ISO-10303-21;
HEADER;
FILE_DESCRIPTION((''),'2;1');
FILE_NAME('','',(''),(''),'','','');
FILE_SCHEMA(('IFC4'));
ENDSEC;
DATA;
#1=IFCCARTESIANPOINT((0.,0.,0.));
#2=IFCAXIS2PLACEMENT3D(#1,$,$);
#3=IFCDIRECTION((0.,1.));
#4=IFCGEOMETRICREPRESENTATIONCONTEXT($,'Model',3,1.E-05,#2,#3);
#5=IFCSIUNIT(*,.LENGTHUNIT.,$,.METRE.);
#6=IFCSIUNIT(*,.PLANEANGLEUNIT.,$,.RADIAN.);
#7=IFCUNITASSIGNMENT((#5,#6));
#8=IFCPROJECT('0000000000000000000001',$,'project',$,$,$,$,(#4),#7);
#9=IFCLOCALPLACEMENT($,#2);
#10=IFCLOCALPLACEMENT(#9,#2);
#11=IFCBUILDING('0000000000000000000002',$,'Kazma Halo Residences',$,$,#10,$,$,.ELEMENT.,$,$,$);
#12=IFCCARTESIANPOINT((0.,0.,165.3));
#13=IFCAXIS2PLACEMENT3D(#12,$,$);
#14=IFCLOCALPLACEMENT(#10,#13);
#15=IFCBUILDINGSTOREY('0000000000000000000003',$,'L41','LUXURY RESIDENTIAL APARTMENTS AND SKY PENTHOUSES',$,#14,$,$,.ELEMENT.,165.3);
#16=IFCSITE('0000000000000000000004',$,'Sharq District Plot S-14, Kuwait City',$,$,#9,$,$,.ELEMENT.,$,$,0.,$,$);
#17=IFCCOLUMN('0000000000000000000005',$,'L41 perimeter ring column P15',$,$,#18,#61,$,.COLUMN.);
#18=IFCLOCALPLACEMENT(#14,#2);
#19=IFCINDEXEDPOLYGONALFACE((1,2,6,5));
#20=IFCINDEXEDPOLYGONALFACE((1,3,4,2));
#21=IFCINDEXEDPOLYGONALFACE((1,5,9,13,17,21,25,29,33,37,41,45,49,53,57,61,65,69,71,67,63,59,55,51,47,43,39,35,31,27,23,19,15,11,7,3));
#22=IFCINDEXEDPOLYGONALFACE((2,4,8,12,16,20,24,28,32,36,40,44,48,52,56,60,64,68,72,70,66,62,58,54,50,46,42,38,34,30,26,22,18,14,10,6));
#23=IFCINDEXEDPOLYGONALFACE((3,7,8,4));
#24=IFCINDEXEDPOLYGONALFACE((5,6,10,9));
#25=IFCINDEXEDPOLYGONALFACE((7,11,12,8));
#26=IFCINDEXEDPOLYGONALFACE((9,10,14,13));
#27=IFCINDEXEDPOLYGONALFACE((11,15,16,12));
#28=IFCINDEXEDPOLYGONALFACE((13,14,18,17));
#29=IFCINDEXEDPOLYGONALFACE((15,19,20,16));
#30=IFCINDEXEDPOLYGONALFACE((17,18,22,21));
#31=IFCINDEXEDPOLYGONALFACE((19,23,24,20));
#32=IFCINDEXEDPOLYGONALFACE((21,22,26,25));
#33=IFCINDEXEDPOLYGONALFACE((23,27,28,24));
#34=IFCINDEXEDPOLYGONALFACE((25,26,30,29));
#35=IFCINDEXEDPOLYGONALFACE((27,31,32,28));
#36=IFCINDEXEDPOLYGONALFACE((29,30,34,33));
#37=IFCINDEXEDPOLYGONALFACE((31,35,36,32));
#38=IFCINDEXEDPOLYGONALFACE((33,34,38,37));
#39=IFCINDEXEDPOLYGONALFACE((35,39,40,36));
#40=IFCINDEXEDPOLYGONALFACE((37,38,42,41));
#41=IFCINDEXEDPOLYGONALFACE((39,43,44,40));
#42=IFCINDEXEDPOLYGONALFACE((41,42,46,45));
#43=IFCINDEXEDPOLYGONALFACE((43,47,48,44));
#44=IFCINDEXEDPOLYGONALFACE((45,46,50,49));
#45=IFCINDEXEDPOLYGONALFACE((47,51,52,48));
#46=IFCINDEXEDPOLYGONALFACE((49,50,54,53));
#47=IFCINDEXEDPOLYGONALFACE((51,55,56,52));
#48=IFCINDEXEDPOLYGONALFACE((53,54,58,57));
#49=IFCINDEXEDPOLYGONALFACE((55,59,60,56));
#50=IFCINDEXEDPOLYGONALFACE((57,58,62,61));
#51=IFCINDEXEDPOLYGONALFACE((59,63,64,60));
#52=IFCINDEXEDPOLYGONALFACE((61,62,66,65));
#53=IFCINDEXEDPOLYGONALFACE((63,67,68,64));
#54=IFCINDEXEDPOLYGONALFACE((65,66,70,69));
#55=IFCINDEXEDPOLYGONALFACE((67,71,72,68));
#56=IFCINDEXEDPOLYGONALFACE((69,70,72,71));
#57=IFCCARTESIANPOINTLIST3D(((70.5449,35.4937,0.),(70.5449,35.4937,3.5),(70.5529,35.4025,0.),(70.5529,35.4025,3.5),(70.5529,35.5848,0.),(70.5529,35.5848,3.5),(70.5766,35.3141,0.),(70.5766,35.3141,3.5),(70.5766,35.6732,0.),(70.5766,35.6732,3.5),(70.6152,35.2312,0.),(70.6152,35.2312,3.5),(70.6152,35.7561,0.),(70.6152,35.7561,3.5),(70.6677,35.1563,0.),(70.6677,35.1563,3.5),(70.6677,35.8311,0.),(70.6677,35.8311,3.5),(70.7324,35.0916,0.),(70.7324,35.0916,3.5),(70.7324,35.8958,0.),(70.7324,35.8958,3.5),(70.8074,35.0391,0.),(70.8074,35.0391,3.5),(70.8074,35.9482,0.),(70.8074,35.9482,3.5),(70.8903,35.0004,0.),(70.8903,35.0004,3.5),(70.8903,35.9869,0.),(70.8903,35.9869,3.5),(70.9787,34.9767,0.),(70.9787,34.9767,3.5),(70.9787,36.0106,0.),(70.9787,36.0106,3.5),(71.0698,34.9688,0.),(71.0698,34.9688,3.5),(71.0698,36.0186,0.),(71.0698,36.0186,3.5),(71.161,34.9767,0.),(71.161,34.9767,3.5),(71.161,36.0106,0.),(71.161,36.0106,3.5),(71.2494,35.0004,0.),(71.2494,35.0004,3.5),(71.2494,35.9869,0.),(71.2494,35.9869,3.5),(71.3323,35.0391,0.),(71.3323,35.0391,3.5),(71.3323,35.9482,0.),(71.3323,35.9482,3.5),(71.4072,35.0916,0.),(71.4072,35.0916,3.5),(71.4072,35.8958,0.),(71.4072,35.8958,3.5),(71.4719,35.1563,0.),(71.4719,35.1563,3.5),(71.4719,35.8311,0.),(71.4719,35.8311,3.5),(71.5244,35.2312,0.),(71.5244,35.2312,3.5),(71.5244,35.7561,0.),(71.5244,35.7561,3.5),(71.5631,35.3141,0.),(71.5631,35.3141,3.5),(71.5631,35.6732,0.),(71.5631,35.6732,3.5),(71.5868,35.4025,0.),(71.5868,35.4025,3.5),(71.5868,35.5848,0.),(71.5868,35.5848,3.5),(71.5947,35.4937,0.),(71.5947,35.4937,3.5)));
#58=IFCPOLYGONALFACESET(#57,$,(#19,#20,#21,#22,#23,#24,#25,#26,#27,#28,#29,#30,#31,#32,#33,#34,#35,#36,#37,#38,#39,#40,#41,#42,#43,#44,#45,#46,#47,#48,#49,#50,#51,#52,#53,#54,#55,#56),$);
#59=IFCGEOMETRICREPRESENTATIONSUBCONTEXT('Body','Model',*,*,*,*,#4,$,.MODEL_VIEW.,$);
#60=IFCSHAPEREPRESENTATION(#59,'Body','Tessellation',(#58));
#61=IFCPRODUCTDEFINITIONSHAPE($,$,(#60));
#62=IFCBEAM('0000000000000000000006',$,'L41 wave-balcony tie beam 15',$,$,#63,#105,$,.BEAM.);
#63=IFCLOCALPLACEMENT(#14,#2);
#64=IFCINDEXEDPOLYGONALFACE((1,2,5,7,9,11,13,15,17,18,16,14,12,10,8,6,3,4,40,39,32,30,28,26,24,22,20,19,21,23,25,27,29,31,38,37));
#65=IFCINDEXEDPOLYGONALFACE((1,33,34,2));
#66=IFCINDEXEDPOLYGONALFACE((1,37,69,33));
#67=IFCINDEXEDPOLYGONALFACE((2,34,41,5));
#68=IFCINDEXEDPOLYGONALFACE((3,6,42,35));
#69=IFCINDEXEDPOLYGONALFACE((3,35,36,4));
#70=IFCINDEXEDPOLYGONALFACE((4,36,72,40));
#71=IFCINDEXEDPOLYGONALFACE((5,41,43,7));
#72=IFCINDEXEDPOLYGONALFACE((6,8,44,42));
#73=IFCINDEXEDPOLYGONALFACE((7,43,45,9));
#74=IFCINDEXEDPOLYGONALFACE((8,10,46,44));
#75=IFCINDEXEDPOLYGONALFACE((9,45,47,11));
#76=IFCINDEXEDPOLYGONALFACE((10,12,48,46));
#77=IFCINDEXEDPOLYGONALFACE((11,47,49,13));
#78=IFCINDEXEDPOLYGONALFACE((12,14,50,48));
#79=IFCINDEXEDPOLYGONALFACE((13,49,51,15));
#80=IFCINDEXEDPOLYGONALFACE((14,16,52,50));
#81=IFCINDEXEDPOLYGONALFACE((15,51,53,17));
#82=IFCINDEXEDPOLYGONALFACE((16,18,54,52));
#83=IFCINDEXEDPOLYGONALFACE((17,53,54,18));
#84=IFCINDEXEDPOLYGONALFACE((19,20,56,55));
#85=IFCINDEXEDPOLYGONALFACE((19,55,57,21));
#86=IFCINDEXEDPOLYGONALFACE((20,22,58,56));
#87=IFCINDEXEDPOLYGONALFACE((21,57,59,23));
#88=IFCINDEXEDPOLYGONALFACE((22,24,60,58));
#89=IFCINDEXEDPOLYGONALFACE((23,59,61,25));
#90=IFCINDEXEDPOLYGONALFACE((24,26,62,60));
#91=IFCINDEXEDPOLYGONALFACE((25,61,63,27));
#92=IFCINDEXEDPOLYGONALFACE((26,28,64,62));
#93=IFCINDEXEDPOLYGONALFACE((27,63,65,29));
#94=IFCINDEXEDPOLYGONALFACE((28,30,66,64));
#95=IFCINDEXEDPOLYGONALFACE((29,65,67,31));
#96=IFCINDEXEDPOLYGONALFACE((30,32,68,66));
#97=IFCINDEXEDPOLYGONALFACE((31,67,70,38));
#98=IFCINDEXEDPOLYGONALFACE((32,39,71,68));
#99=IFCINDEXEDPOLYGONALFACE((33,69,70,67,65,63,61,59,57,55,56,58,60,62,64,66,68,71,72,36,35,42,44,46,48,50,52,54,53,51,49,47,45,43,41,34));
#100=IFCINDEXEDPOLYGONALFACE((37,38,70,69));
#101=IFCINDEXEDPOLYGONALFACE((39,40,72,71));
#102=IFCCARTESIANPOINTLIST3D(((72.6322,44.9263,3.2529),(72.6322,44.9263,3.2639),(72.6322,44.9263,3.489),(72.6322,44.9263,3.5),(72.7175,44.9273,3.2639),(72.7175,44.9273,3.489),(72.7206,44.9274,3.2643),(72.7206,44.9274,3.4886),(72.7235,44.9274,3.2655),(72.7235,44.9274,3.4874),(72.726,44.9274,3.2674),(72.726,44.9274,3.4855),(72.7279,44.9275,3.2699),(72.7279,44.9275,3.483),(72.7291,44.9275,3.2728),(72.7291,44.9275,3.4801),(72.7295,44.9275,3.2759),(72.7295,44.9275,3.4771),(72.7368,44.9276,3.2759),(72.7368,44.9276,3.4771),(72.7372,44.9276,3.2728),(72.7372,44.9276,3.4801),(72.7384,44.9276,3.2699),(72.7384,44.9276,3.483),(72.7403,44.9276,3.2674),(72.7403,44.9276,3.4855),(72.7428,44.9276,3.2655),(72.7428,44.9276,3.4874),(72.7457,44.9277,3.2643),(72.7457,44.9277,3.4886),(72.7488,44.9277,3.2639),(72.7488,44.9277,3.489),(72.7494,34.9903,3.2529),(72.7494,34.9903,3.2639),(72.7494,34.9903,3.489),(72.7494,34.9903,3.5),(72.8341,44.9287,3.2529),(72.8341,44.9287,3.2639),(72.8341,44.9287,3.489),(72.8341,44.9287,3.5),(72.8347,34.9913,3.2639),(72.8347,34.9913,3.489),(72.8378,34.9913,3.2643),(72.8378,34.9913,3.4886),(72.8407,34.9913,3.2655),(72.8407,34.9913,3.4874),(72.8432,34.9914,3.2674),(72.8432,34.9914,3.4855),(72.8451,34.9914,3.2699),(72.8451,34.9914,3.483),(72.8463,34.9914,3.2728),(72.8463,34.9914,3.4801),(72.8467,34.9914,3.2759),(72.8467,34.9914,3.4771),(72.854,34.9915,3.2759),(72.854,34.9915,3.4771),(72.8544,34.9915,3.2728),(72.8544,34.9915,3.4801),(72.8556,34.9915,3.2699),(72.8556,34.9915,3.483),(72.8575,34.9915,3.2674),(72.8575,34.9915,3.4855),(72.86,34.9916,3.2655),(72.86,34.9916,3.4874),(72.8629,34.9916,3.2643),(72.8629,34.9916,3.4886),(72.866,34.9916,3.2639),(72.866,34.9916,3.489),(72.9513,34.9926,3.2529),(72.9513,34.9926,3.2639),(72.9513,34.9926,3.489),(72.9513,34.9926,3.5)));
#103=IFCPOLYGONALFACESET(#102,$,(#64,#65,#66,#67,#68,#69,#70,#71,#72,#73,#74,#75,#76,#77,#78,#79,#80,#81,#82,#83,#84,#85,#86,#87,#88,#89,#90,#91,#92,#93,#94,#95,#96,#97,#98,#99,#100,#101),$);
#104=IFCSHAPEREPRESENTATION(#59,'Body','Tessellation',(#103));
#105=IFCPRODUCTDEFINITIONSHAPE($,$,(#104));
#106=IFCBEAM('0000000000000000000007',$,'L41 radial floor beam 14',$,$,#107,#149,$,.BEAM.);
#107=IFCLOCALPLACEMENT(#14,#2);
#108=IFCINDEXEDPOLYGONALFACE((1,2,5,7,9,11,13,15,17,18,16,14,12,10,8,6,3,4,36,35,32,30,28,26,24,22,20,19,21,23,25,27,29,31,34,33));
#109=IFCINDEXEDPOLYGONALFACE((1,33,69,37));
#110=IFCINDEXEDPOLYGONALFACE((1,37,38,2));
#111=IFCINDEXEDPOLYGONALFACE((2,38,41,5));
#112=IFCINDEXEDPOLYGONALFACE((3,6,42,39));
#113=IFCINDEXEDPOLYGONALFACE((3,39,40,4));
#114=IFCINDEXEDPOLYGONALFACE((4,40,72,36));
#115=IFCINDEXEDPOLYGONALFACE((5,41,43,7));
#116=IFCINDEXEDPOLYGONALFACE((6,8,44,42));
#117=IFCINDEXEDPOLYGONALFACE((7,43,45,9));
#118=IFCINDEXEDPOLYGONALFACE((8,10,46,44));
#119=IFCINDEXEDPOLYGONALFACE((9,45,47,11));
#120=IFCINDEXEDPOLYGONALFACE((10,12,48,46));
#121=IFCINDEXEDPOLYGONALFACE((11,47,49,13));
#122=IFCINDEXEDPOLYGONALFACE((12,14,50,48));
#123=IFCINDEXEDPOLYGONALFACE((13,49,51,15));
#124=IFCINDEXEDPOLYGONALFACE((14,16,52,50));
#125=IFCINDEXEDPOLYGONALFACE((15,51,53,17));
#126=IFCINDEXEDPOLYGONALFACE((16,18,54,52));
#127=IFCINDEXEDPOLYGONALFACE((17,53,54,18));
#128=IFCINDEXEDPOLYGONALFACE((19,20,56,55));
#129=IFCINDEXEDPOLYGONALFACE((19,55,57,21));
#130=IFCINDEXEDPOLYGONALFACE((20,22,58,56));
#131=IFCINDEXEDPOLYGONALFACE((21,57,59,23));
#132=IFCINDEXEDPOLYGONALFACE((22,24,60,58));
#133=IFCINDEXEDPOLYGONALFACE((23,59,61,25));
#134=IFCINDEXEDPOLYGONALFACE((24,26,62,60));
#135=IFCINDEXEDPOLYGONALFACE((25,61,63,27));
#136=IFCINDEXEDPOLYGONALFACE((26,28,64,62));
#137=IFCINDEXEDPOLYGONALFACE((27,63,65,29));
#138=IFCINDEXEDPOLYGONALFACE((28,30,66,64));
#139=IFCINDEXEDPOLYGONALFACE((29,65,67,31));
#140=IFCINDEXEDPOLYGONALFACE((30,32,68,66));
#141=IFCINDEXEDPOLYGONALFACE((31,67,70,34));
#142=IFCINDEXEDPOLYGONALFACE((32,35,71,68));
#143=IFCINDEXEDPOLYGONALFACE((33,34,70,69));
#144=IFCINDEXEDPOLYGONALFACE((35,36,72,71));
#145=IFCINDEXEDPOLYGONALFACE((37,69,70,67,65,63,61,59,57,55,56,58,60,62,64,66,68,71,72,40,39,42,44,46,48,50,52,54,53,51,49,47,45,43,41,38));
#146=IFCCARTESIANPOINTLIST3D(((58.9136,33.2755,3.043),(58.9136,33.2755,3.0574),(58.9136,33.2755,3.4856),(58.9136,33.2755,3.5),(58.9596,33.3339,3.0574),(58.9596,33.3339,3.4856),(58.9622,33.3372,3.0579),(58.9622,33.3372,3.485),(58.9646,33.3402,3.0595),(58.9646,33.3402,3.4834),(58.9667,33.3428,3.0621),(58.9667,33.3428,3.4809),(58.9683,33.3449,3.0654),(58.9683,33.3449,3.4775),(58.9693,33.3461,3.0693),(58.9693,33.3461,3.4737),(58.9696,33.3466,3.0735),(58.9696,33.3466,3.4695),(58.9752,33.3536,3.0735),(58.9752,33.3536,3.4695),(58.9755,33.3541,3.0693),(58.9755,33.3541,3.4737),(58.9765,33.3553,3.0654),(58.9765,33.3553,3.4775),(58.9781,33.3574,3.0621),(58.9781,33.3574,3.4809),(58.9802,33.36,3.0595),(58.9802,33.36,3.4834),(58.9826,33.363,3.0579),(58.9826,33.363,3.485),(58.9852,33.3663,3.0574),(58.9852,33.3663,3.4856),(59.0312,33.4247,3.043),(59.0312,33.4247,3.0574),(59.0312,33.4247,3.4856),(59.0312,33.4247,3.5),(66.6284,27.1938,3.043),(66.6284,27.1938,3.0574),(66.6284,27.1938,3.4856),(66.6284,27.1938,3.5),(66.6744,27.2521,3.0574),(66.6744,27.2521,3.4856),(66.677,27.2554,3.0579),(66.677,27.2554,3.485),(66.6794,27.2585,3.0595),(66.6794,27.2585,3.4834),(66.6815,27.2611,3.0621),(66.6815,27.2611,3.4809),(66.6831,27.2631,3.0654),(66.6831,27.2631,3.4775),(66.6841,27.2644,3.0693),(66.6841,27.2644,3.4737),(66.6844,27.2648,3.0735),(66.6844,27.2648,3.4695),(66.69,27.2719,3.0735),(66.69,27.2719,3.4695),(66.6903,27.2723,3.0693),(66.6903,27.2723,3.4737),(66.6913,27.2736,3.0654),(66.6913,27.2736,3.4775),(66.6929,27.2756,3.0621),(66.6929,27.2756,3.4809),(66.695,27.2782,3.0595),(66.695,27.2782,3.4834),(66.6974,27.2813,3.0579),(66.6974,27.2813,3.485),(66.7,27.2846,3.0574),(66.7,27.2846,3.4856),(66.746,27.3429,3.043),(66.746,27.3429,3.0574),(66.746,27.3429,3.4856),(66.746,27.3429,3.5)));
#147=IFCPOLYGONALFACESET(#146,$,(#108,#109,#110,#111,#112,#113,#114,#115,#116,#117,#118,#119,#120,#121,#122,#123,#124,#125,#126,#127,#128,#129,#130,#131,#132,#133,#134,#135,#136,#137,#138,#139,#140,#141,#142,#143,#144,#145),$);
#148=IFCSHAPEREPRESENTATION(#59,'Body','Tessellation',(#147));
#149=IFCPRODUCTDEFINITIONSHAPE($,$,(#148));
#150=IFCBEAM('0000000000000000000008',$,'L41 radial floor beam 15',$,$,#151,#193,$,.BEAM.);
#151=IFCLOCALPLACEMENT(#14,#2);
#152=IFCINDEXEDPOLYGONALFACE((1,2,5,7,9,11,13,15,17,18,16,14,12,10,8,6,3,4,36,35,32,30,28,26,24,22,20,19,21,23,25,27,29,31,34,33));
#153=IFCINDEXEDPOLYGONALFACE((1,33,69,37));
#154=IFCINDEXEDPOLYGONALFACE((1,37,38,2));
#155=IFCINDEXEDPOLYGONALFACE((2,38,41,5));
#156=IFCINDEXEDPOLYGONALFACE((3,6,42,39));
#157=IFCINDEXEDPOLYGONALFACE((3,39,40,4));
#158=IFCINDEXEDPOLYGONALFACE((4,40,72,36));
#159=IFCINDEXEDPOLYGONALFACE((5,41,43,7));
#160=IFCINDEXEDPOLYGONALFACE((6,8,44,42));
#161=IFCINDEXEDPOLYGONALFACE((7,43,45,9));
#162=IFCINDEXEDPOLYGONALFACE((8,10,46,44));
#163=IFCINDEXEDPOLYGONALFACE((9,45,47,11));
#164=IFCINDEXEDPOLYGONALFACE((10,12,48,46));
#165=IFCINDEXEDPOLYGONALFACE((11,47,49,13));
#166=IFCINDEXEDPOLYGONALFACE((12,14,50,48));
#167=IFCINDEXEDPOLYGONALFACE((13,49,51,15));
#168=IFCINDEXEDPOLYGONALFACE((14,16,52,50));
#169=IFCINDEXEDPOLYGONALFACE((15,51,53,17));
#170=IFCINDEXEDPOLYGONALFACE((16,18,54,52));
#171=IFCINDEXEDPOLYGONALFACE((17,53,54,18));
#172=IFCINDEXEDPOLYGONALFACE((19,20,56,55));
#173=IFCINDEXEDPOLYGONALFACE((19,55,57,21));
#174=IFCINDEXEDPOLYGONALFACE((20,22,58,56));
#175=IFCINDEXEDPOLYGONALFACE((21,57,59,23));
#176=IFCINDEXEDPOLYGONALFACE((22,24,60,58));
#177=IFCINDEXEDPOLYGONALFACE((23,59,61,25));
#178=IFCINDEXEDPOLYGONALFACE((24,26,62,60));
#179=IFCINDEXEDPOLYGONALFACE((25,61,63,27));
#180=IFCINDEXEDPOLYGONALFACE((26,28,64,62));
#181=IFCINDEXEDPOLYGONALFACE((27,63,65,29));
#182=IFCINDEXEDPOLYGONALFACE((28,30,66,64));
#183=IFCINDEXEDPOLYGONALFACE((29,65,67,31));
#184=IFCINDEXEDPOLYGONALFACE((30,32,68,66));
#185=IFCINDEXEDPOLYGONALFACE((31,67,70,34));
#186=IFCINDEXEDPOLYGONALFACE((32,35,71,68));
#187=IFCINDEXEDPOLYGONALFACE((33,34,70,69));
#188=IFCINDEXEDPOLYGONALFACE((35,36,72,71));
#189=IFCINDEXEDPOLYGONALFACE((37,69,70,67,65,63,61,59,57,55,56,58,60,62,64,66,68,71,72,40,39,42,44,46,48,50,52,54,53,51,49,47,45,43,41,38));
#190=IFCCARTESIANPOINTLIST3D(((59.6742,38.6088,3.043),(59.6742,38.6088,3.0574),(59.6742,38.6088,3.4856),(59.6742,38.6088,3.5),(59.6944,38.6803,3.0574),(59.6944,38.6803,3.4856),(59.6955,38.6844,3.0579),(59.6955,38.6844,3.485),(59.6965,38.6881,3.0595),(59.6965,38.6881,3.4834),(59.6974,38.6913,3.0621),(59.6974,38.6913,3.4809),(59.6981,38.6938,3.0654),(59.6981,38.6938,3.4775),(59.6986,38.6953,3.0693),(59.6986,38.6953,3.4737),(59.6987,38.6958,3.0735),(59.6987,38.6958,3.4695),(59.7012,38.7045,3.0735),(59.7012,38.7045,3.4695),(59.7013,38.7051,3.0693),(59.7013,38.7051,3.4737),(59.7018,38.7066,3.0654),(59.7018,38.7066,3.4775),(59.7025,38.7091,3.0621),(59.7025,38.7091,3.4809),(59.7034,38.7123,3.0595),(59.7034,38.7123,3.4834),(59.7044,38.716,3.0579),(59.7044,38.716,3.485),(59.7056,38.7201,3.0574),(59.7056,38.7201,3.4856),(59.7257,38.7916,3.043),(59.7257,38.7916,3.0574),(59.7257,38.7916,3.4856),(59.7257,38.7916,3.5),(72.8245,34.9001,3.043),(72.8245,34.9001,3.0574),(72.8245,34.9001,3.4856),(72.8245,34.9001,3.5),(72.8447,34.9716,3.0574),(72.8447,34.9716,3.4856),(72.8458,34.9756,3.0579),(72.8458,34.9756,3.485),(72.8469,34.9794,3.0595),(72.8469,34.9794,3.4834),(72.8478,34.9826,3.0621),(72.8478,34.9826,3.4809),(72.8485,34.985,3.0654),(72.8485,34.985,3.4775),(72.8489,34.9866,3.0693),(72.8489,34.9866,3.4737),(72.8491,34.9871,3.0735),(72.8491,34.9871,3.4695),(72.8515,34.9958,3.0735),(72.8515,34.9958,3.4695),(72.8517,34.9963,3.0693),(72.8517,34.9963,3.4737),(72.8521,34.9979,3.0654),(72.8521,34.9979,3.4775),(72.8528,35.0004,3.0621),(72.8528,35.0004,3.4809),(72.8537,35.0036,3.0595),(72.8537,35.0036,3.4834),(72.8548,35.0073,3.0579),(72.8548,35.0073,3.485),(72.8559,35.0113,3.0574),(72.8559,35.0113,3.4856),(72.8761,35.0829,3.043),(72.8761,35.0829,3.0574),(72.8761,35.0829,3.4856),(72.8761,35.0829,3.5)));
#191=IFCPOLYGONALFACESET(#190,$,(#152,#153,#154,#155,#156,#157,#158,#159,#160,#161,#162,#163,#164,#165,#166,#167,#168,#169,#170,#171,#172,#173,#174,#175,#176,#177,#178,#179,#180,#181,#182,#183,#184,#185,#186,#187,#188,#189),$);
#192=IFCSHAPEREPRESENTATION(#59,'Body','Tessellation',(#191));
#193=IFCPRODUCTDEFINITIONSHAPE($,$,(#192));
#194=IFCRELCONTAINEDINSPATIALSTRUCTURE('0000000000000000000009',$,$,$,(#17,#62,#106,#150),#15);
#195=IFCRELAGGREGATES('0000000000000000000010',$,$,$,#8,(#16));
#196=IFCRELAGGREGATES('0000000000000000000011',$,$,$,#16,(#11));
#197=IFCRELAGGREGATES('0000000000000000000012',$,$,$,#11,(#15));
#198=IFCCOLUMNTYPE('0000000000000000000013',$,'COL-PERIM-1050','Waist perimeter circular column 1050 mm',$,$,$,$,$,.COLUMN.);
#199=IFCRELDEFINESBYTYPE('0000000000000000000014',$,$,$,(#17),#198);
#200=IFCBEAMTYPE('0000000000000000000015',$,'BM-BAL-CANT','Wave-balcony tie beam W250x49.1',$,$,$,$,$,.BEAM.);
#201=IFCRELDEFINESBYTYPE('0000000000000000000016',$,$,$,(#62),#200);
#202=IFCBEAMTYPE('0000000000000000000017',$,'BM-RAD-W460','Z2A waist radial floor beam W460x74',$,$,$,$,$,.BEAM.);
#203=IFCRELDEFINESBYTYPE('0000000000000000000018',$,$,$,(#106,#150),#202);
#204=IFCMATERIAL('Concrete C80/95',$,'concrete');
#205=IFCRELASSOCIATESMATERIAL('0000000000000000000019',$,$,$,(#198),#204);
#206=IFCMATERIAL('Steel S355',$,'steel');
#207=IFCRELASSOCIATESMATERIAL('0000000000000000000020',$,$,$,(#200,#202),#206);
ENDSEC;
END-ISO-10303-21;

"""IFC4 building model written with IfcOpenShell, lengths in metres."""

from ifc_helpers import new_model, si_unit, direction, frame, origin, origin_2d, place, context, subcontext, project, spatial, circle, i_section, extrude, material, material_profile, profile_set, type_object, element, save


model = new_model("IFC4")

# Units and contexts
model_context = context("Model", 3, precision=1e-05, world=origin(), true_north=direction((0.0, 1.0)))
body_context = subcontext(model_context, "Body", "Model", "MODEL_VIEW")
ifc_project = project(units=[si_unit("LENGTHUNIT", "METRE"), si_unit("PLANEANGLEUNIT", "RADIAN")], contexts=[model_context])

# Site, building, storey
site_placement = place(None, origin())
site = spatial("IfcSite", under=ifc_project, at=site_placement, Name="Sharq District Plot S-14, Kuwait City", CompositionType="ELEMENT", RefElevation=0.0)
building_placement = place(site_placement, origin())
building = spatial("IfcBuilding", under=site, at=building_placement, Name="Kazma Halo Residences", CompositionType="ELEMENT")
storey_placement = place(building_placement, frame((0.0, 0.0, 165.3)))
storey = spatial("IfcBuildingStorey", under=building, at=storey_placement, Name="L41", Description="LUXURY RESIDENTIAL APARTMENTS AND SKY PENTHOUSES", CompositionType="ELEMENT", Elevation=165.3)

# Column
ifc_material_1 = material(Name="Concrete C80/95", Category="concrete")
ifc_material_profile_1 = material_profile(ifc_material_1, circle(Radius=0.5249, at=origin_2d()), Name="CIRC1050")
ifc_profile_set_1 = profile_set([ifc_material_profile_1], Name="Concrete C80/95")
column_type = type_object("IfcColumnType", Name="COL-PERIM-1050", Description="Waist perimeter circular column 1050 mm", PredefinedType="COLUMN", material=ifc_profile_set_1)
column_placement = place(storey_placement, frame((71.0698, 35.4937, 0.0), z_axis=(0.0, 0.0, 1.0), x_axis=(1.0, 0.0, 0.0)))
element("IfcColumn", 1, at=column_placement, inside=storey, type_object=column_type, Name="L41 perimeter ring column P15", PredefinedType="COLUMN", context=body_context, shape_type="SweptSolid", body=[
    extrude(circle(Radius=0.5249, at=origin_2d()), origin(), (0.0, 0.0, 1.0), 3.5),
])

# Beams
ifc_material_2 = material(Name="Steel S355", Category="steel")
ifc_material_profile_2 = material_profile(ifc_material_2, i_section(OverallWidth=0.2019, OverallDepth=0.2471, WebThickness=0.0073, FlangeThickness=0.011, FilletRadius=0.012, at=origin_2d()), Name="W250x49.1")
ifc_profile_set_2 = profile_set([ifc_material_profile_2], Name="Steel S355")
beam_type_1 = type_object("IfcBeamType", Name="BM-BAL-CANT", Description="Wave-balcony tie beam W250x49.1", PredefinedType="BEAM", material=ifc_profile_set_2)
beam_1_placement = place(storey_placement, frame((72.8503, 34.9915, 3.3765), z_axis=(-0.011793, 0.99993, 0.0), x_axis=(-0.99993, -0.011793, 0.0)))
element("IfcBeam", 2, at=beam_1_placement, inside=storey, type_object=beam_type_1, Name="L41 wave-balcony tie beam 15", PredefinedType="BEAM", context=body_context, shape_type="SweptSolid", body=[
    extrude(i_section(OverallWidth=0.2019, OverallDepth=0.2471, WebThickness=0.0073, FlangeThickness=0.011, FilletRadius=0.012, at=origin_2d()), origin(), (0.0, 0.0, 1.0), 9.9368),
])
ifc_material_profile_3 = material_profile(ifc_material_2, i_section(OverallWidth=0.1899, OverallDepth=0.457, WebThickness=0.009, FlangeThickness=0.0144, FilletRadius=0.0161, at=origin_2d()), Name="W460x74")
ifc_profile_set_3 = profile_set([ifc_material_profile_3], Name="Steel S355")
beam_type_2 = type_object("IfcBeamType", Name="BM-RAD-W460", Description="Z2A waist radial floor beam W460x74", PredefinedType="BEAM", material=ifc_profile_set_3)
beam_2_placement = place(storey_placement, frame((58.9724, 33.3501, 3.2715), z_axis=(0.785322, -0.619087, 0.0), x_axis=(0.619087, 0.785322, 0.0)))
element("IfcBeam", 3, at=beam_2_placement, inside=storey, type_object=beam_type_2, Name="L41 radial floor beam 14", PredefinedType="BEAM", context=body_context, shape_type="SweptSolid", body=[
    extrude(i_section(OverallWidth=0.1899, OverallDepth=0.457, WebThickness=0.009, FlangeThickness=0.0144, FilletRadius=0.0161, at=origin_2d()), origin(), (0.0, 0.0, 1.0), 9.8237),
])
beam_3_placement = place(storey_placement, frame((59.7, 38.7002, 3.2715), z_axis=(0.962456, -0.271437, 0.0), x_axis=(0.271437, 0.962456, 0.0)))
element("IfcBeam", 4, at=beam_3_placement, inside=storey, type_object=beam_type_2, Name="L41 radial floor beam 15", PredefinedType="BEAM", context=body_context, shape_type="SweptSolid", body=[
    extrude(i_section(OverallWidth=0.1899, OverallDepth=0.457, WebThickness=0.009, FlangeThickness=0.0144, FilletRadius=0.0161, at=origin_2d()), origin(), (0.0, 0.0, 1.0), 13.6633),
])

save(model, "model.ifc")
